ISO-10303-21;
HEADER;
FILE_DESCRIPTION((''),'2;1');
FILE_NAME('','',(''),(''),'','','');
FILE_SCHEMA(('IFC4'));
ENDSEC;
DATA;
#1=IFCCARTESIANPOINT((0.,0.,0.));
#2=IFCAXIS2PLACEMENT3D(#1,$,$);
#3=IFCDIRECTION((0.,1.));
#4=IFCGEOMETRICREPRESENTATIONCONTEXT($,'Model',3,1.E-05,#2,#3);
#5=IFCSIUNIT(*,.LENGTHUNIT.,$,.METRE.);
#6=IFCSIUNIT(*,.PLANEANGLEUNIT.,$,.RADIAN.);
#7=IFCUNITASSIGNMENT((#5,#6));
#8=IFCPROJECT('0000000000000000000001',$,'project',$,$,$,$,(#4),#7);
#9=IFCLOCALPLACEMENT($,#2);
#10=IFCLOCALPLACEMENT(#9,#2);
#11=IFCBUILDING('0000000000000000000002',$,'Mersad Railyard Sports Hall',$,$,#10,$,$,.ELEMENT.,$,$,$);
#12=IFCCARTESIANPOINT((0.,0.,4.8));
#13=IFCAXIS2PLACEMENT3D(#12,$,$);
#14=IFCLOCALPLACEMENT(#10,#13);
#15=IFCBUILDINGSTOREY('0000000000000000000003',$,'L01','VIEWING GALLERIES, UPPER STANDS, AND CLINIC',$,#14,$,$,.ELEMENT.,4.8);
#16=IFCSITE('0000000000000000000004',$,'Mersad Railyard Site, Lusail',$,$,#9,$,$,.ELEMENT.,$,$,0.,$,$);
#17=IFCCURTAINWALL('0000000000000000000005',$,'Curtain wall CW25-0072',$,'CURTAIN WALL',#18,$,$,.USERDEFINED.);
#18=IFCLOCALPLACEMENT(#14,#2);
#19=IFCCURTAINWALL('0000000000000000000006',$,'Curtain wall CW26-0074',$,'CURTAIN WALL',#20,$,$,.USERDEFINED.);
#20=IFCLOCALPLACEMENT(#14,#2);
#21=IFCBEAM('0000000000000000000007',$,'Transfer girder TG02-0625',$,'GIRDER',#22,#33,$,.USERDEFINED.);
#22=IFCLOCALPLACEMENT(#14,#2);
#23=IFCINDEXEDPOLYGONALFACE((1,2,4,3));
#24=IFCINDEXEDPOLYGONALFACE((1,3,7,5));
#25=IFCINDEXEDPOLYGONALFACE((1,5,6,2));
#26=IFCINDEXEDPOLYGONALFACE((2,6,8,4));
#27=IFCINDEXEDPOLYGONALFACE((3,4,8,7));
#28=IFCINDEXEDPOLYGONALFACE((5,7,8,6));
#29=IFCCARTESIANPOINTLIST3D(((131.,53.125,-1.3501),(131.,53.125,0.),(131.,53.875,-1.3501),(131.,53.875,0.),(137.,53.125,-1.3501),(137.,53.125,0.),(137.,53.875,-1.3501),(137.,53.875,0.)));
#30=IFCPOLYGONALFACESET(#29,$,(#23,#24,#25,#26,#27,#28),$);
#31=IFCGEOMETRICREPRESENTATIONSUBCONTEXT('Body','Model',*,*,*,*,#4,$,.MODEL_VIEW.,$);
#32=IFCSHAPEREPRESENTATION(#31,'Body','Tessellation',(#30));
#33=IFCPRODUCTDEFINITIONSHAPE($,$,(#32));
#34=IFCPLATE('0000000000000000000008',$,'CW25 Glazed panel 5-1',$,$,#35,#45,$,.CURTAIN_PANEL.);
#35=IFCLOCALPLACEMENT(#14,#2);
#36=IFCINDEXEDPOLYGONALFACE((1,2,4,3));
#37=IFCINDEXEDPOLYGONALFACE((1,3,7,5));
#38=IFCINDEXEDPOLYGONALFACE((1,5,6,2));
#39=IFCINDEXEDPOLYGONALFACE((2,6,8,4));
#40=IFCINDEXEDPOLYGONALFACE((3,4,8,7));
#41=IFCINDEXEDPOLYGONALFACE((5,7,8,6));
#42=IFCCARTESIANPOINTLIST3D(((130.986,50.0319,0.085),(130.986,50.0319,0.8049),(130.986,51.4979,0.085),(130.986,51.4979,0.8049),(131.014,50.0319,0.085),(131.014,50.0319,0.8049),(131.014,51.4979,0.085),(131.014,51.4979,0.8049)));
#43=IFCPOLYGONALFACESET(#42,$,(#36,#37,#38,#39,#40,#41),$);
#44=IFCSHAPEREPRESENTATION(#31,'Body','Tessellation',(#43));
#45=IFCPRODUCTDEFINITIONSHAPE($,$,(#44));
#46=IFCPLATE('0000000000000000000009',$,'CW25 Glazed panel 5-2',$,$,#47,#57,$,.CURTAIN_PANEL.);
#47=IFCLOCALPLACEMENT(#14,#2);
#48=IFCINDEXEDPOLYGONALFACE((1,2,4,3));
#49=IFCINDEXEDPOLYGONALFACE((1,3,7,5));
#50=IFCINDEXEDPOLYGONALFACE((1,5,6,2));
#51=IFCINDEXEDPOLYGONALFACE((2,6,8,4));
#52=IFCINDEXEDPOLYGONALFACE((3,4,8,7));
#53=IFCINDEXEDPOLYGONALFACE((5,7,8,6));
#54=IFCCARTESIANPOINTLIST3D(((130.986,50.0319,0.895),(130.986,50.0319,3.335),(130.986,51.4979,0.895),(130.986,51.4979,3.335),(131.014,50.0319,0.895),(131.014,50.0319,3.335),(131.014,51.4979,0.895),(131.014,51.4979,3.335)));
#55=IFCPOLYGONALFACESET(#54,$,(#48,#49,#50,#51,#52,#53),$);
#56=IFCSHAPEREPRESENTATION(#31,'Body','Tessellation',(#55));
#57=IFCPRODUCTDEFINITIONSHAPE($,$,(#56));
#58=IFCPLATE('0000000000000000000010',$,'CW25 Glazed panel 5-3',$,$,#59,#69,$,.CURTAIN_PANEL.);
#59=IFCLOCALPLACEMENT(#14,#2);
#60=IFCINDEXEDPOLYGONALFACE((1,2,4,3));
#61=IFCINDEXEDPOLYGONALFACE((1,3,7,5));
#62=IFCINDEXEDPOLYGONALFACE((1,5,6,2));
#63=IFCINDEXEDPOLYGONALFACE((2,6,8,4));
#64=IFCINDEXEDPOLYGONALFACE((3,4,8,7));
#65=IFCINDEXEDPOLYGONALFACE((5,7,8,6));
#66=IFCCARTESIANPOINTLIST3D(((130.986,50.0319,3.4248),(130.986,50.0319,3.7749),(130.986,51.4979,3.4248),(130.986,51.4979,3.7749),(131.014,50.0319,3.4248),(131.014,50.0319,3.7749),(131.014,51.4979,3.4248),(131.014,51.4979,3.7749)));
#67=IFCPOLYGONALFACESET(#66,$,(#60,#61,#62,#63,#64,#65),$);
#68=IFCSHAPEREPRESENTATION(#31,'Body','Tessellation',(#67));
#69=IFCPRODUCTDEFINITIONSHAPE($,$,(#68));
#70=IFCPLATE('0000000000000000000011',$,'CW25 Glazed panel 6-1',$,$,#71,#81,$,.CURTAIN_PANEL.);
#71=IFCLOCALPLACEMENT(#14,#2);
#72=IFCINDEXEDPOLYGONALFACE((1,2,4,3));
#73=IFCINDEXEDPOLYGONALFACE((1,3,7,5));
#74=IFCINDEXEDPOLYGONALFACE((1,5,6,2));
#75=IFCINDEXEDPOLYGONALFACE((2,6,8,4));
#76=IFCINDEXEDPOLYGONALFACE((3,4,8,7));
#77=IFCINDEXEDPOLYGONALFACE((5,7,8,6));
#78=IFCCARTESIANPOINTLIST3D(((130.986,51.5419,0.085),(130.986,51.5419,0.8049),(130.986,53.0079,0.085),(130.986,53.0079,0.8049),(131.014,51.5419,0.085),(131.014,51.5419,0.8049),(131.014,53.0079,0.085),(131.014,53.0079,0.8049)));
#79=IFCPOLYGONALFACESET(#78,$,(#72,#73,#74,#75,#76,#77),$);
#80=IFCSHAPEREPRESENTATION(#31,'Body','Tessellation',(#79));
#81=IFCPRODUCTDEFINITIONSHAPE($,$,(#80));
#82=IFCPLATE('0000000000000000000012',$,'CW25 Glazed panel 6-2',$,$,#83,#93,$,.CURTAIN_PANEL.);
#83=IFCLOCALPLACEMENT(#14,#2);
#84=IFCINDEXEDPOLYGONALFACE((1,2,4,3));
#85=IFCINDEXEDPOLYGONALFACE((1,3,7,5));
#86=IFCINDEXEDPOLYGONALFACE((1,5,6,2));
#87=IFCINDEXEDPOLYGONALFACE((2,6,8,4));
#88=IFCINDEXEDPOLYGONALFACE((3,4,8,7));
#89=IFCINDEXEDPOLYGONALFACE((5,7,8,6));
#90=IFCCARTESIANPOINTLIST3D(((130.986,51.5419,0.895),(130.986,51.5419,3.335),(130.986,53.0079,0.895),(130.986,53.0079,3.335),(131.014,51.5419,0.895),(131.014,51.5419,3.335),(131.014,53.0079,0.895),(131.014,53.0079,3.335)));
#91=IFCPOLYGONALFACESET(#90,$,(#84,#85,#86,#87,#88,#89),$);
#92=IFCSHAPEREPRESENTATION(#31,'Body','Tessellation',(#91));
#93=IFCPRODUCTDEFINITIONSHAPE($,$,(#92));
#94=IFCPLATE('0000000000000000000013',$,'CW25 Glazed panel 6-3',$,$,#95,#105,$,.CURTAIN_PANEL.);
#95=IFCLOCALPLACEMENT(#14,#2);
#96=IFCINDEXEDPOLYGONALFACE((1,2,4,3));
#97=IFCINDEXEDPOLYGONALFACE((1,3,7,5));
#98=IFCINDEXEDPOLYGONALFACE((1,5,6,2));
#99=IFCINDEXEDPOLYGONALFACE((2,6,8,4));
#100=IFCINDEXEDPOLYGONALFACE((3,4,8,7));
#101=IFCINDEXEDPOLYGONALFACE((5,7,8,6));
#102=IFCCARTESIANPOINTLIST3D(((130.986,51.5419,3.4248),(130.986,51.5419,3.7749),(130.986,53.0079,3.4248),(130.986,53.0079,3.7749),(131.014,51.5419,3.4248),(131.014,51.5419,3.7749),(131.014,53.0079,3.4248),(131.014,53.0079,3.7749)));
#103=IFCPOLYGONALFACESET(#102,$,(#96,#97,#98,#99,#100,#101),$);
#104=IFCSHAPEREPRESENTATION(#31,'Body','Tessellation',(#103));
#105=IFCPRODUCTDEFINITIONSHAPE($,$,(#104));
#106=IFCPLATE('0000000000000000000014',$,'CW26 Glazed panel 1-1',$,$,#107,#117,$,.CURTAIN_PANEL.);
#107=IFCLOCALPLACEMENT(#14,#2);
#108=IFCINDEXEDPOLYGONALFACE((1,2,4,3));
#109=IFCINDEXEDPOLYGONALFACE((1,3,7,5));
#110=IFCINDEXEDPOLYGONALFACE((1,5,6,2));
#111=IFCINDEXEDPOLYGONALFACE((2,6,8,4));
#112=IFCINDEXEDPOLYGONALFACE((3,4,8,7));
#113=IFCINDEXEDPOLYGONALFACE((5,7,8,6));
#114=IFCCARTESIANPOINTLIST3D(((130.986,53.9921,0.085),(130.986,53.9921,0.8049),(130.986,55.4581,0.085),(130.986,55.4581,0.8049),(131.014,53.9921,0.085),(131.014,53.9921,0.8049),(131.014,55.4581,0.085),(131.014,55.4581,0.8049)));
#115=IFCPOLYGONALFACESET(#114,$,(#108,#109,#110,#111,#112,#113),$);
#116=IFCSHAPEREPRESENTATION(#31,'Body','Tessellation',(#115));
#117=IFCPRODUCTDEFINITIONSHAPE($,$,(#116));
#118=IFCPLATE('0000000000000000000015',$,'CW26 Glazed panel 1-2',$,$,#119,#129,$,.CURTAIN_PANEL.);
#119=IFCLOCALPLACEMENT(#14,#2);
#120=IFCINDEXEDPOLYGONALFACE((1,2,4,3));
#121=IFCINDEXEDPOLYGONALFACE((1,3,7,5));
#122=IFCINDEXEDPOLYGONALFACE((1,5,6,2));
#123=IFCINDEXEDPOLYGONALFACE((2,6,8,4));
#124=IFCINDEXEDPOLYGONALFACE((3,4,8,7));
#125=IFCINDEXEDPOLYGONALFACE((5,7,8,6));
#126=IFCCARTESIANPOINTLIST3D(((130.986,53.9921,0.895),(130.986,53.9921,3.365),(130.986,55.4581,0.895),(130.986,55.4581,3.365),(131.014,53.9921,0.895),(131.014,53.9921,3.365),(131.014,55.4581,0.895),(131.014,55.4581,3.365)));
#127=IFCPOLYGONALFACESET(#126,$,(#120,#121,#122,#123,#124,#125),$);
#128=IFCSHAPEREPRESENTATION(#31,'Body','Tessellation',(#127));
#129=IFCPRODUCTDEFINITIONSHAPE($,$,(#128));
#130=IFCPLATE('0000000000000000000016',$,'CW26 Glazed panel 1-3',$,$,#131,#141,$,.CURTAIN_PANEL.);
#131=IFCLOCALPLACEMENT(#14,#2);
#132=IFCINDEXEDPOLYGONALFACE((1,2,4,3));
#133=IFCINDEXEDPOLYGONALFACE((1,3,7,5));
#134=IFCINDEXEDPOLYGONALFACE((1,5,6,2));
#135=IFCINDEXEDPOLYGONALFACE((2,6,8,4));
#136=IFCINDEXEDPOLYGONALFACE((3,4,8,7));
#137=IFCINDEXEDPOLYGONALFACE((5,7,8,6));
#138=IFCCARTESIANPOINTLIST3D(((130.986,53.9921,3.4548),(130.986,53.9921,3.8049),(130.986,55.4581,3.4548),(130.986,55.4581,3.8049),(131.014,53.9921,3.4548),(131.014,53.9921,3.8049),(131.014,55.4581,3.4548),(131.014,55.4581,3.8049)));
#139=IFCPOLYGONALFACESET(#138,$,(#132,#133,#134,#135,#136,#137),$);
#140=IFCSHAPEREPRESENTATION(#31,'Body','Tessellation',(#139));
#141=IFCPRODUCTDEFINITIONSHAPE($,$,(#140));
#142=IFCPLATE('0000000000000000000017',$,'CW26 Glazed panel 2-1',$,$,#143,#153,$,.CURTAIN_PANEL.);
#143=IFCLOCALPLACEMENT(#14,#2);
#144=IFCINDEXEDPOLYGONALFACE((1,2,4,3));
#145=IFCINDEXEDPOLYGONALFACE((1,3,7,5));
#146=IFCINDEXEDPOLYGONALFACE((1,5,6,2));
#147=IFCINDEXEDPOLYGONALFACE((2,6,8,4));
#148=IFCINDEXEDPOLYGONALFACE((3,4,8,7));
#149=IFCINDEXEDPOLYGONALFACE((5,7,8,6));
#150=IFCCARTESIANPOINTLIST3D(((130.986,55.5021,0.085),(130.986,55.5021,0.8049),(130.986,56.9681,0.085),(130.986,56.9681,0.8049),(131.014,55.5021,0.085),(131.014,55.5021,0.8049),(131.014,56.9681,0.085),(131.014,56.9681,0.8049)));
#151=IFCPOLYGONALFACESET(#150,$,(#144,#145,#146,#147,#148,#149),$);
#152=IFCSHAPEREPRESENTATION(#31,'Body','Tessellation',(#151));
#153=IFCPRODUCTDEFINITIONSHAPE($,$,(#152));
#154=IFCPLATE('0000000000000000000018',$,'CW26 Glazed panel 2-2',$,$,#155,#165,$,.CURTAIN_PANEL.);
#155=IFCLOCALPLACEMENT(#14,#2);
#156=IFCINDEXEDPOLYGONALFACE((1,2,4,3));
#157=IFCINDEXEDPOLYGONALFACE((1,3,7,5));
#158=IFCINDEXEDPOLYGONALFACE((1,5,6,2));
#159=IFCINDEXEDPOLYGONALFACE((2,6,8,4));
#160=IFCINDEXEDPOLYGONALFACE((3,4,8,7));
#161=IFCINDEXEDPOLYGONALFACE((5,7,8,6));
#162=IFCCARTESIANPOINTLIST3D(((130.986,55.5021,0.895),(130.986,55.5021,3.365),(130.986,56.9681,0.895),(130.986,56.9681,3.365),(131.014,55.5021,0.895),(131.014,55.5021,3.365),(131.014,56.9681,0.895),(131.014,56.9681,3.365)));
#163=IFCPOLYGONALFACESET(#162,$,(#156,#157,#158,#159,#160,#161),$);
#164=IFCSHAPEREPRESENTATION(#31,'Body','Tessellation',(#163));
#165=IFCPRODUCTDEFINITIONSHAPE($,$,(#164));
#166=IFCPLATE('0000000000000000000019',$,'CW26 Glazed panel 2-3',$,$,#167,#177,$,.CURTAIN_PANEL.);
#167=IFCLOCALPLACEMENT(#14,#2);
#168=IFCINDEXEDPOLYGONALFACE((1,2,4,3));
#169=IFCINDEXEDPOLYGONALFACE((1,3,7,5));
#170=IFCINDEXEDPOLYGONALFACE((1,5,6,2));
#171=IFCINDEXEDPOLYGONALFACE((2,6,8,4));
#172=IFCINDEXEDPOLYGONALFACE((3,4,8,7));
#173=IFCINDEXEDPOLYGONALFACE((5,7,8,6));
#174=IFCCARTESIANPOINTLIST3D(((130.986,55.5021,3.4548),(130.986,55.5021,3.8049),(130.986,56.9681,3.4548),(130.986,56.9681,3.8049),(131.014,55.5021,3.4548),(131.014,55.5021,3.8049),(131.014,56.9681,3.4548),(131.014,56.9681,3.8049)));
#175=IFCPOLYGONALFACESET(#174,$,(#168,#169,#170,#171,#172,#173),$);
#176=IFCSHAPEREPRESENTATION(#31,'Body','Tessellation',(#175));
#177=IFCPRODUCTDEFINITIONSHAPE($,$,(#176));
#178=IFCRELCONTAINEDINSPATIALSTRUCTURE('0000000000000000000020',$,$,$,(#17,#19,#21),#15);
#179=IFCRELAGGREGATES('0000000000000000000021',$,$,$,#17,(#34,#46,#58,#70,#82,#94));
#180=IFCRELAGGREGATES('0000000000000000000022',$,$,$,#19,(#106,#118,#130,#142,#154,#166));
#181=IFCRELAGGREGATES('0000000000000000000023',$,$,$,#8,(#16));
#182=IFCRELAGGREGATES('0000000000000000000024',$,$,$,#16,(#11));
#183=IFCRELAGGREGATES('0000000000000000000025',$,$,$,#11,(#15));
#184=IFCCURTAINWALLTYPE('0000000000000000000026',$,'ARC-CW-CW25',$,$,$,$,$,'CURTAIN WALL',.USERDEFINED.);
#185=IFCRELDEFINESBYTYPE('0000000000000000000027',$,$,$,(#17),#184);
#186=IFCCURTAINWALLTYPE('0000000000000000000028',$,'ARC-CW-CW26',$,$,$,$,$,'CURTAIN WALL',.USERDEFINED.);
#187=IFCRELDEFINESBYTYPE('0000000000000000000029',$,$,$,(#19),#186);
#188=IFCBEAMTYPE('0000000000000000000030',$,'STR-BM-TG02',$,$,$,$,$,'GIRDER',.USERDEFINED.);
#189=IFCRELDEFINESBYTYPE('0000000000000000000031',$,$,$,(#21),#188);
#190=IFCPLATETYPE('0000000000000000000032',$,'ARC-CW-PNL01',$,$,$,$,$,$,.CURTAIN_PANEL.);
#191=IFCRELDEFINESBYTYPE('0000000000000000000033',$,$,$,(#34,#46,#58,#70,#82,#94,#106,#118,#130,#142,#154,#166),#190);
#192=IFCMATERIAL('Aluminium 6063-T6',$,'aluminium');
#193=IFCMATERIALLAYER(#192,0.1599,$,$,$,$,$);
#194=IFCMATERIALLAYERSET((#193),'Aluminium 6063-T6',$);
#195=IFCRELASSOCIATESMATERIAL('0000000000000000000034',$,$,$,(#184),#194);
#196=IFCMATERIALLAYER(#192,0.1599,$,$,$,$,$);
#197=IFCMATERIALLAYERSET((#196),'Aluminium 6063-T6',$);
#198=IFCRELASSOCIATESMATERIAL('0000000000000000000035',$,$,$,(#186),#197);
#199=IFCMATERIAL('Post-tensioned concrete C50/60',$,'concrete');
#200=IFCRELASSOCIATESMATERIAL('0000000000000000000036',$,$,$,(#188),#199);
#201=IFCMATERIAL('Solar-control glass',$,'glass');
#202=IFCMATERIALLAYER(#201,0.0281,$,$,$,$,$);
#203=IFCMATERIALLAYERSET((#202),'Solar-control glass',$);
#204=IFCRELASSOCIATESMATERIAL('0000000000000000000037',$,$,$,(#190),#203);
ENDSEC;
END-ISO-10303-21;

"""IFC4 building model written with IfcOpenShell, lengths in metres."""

from ifc_helpers import new_model, si_unit, direction, frame, origin, origin_2d, place, context, subcontext, project, spatial, rectangle, extrude, material, layer, layer_set, material_profile, profile_set, type_object, element, aggregate, save


model = new_model("IFC4")

# Units and contexts
model_context = context("Model", 3, precision=1e-05, world=origin(), true_north=direction((0.0, 1.0)))
body_context = subcontext(model_context, "Body", "Model", "MODEL_VIEW")
ifc_project = project(units=[si_unit("LENGTHUNIT", "METRE"), si_unit("PLANEANGLEUNIT", "RADIAN")], contexts=[model_context])

# Site, building, storey
site_placement = place(None, origin())
site = spatial("IfcSite", under=ifc_project, at=site_placement, Name="Mersad Railyard Site, Lusail", CompositionType="ELEMENT", RefElevation=0.0)
building_placement = place(site_placement, origin())
building = spatial("IfcBuilding", under=site, at=building_placement, Name="Mersad Railyard Sports Hall", CompositionType="ELEMENT")
storey_placement = place(building_placement, frame((0.0, 0.0, 4.8)))
storey = spatial("IfcBuildingStorey", under=building, at=storey_placement, Name="L01", Description="VIEWING GALLERIES, UPPER STANDS, AND CLINIC", CompositionType="ELEMENT", Elevation=4.8)

# Curtain walls
ifc_material_1 = material(Name="Aluminium 6063-T6", Category="aluminium")
ifc_layer_1 = layer(ifc_material_1, 0.1599)
ifc_layer_set_1 = layer_set([ifc_layer_1], Name="Aluminium 6063-T6")
curtain_wall_type_1 = type_object("IfcCurtainWallType", Name="ARC-CW-CW25", ElementType="CURTAIN WALL", PredefinedType="USERDEFINED", material=ifc_layer_set_1)
curtain_wall_1_placement = place(storey_placement, origin())
curtain_wall_1 = element("IfcCurtainWall", 1, at=curtain_wall_1_placement, inside=storey, type_object=curtain_wall_type_1, Name="Curtain wall CW25-0072", ObjectType="CURTAIN WALL", PredefinedType="USERDEFINED")
ifc_layer_2 = layer(ifc_material_1, 0.1599)
ifc_layer_set_2 = layer_set([ifc_layer_2], Name="Aluminium 6063-T6")
curtain_wall_type_2 = type_object("IfcCurtainWallType", Name="ARC-CW-CW26", ElementType="CURTAIN WALL", PredefinedType="USERDEFINED", material=ifc_layer_set_2)
curtain_wall_2_placement = place(storey_placement, origin())
curtain_wall_2 = element("IfcCurtainWall", 2, at=curtain_wall_2_placement, inside=storey, type_object=curtain_wall_type_2, Name="Curtain wall CW26-0074", ObjectType="CURTAIN WALL", PredefinedType="USERDEFINED")

# Beam
ifc_material_2 = material(Name="Post-tensioned concrete C50/60", Category="concrete")
ifc_material_profile_1 = material_profile(ifc_material_2, rectangle(XDim=0.75, YDim=1.3501, at=origin_2d()), Name="PT 750x1350")
ifc_profile_set_1 = profile_set([ifc_material_profile_1], Name="Post-tensioned concrete C50/60")
beam_type_1 = type_object("IfcBeamType", Name="STR-BM-TG02", ElementType="GIRDER", PredefinedType="USERDEFINED", material=ifc_profile_set_1)
beam_1_placement = place(storey_placement, frame((131.0, 53.5, -0.675), z_axis=(1.0, 0.0, 0.0), x_axis=(0.0, 1.0, 0.0)))
element("IfcBeam", 3, at=beam_1_placement, inside=storey, type_object=beam_type_1, Name="Transfer girder TG02-0625", ObjectType="GIRDER", PredefinedType="USERDEFINED", context=body_context, shape_type="SweptSolid", body=[
    extrude(rectangle(XDim=0.75, YDim=1.3501, at=origin_2d()), origin(), (0.0, 0.0, 1.0), 6.0),
])

# Plates
ifc_material_3 = material(Name="Solar-control glass", Category="glass")
ifc_layer_3 = layer(ifc_material_3, 0.0281)
ifc_layer_set_3 = layer_set([ifc_layer_3], Name="Solar-control glass")
plate_type = type_object("IfcPlateType", Name="ARC-CW-PNL01", PredefinedType="CURTAIN_PANEL", material=ifc_layer_set_3)
plate_1_placement = place(storey_placement, frame((131.0, 50.7649, 0.085), z_axis=(0.0, 0.0, 1.0), x_axis=(0.0, 1.0, 0.0)))
plate_1 = element("IfcPlate", 4, at=plate_1_placement, type_object=plate_type, Name="CW25 Glazed panel 5-1", PredefinedType="CURTAIN_PANEL", context=body_context, shape_type="SweptSolid", body=[
    extrude(rectangle(XDim=1.4661, YDim=0.0281, at=origin_2d()), origin(), (0.0, 0.0, 1.0), 0.72),
])
plate_2_placement = place(storey_placement, frame((131.0, 50.7649, 0.895), z_axis=(0.0, 0.0, 1.0), x_axis=(0.0, 1.0, 0.0)))
plate_2 = element("IfcPlate", 5, at=plate_2_placement, type_object=plate_type, Name="CW25 Glazed panel 5-2", PredefinedType="CURTAIN_PANEL", context=body_context, shape_type="SweptSolid", body=[
    extrude(rectangle(XDim=1.4661, YDim=0.0281, at=origin_2d()), origin(), (0.0, 0.0, 1.0), 2.4399),
])
plate_3_placement = place(storey_placement, frame((131.0, 50.7649, 3.4248), z_axis=(0.0, 0.0, 1.0), x_axis=(0.0, 1.0, 0.0)))
plate_3 = element("IfcPlate", 6, at=plate_3_placement, type_object=plate_type, Name="CW25 Glazed panel 5-3", PredefinedType="CURTAIN_PANEL", context=body_context, shape_type="SweptSolid", body=[
    extrude(rectangle(XDim=1.4661, YDim=0.0281, at=origin_2d()), origin(), (0.0, 0.0, 1.0), 0.3501),
])
plate_4_placement = place(storey_placement, frame((131.0, 52.2749, 0.085), z_axis=(0.0, 0.0, 1.0), x_axis=(0.0, 1.0, 0.0)))
plate_4 = element("IfcPlate", 7, at=plate_4_placement, type_object=plate_type, Name="CW25 Glazed panel 6-1", PredefinedType="CURTAIN_PANEL", context=body_context, shape_type="SweptSolid", body=[
    extrude(rectangle(XDim=1.4661, YDim=0.0281, at=origin_2d()), origin(), (0.0, 0.0, 1.0), 0.72),
])
plate_5_placement = place(storey_placement, frame((131.0, 52.2749, 0.895), z_axis=(0.0, 0.0, 1.0), x_axis=(0.0, 1.0, 0.0)))
plate_5 = element("IfcPlate", 8, at=plate_5_placement, type_object=plate_type, Name="CW25 Glazed panel 6-2", PredefinedType="CURTAIN_PANEL", context=body_context, shape_type="SweptSolid", body=[
    extrude(rectangle(XDim=1.4661, YDim=0.0281, at=origin_2d()), origin(), (0.0, 0.0, 1.0), 2.4399),
])
plate_6_placement = place(storey_placement, frame((131.0, 52.2749, 3.4248), z_axis=(0.0, 0.0, 1.0), x_axis=(0.0, 1.0, 0.0)))
plate_6 = element("IfcPlate", 9, at=plate_6_placement, type_object=plate_type, Name="CW25 Glazed panel 6-3", PredefinedType="CURTAIN_PANEL", context=body_context, shape_type="SweptSolid", body=[
    extrude(rectangle(XDim=1.4661, YDim=0.0281, at=origin_2d()), origin(), (0.0, 0.0, 1.0), 0.3501),
])
aggregate(curtain_wall_1, [plate_1, plate_2, plate_3, plate_4, plate_5, plate_6])
plate_7_placement = place(storey_placement, frame((131.0, 54.7251, 0.085), z_axis=(0.0, 0.0, 1.0), x_axis=(0.0, 1.0, 0.0)))
plate_7 = element("IfcPlate", 10, at=plate_7_placement, type_object=plate_type, Name="CW26 Glazed panel 1-1", PredefinedType="CURTAIN_PANEL", context=body_context, shape_type="SweptSolid", body=[
    extrude(rectangle(XDim=1.4661, YDim=0.0281, at=origin_2d()), origin(), (0.0, 0.0, 1.0), 0.72),
])
plate_8_placement = place(storey_placement, frame((131.0, 54.7251, 0.895), z_axis=(0.0, 0.0, 1.0), x_axis=(0.0, 1.0, 0.0)))
plate_8 = element("IfcPlate", 11, at=plate_8_placement, type_object=plate_type, Name="CW26 Glazed panel 1-2", PredefinedType="CURTAIN_PANEL", context=body_context, shape_type="SweptSolid", body=[
    extrude(rectangle(XDim=1.4661, YDim=0.0281, at=origin_2d()), origin(), (0.0, 0.0, 1.0), 2.47),
])
plate_9_placement = place(storey_placement, frame((131.0, 54.7251, 3.4548), z_axis=(0.0, 0.0, 1.0), x_axis=(0.0, 1.0, 0.0)))
plate_9 = element("IfcPlate", 12, at=plate_9_placement, type_object=plate_type, Name="CW26 Glazed panel 1-3", PredefinedType="CURTAIN_PANEL", context=body_context, shape_type="SweptSolid", body=[
    extrude(rectangle(XDim=1.4661, YDim=0.0281, at=origin_2d()), origin(), (0.0, 0.0, 1.0), 0.3501),
])
plate_10_placement = place(storey_placement, frame((131.0, 56.2351, 0.085), z_axis=(0.0, 0.0, 1.0), x_axis=(0.0, 1.0, 0.0)))
plate_10 = element("IfcPlate", 13, at=plate_10_placement, type_object=plate_type, Name="CW26 Glazed panel 2-1", PredefinedType="CURTAIN_PANEL", context=body_context, shape_type="SweptSolid", body=[
    extrude(rectangle(XDim=1.4661, YDim=0.0281, at=origin_2d()), origin(), (0.0, 0.0, 1.0), 0.72),
])
plate_11_placement = place(storey_placement, frame((131.0, 56.2351, 0.895), z_axis=(0.0, 0.0, 1.0), x_axis=(0.0, 1.0, 0.0)))
plate_11 = element("IfcPlate", 14, at=plate_11_placement, type_object=plate_type, Name="CW26 Glazed panel 2-2", PredefinedType="CURTAIN_PANEL", context=body_context, shape_type="SweptSolid", body=[
    extrude(rectangle(XDim=1.4661, YDim=0.0281, at=origin_2d()), origin(), (0.0, 0.0, 1.0), 2.47),
])
plate_12_placement = place(storey_placement, frame((131.0, 56.2351, 3.4548), z_axis=(0.0, 0.0, 1.0), x_axis=(0.0, 1.0, 0.0)))
plate_12 = element("IfcPlate", 15, at=plate_12_placement, type_object=plate_type, Name="CW26 Glazed panel 2-3", PredefinedType="CURTAIN_PANEL", context=body_context, shape_type="SweptSolid", body=[
    extrude(rectangle(XDim=1.4661, YDim=0.0281, at=origin_2d()), origin(), (0.0, 0.0, 1.0), 0.3501),
])
aggregate(curtain_wall_2, [plate_7, plate_8, plate_9, plate_10, plate_11, plate_12])

save(model, "model.ifc")
